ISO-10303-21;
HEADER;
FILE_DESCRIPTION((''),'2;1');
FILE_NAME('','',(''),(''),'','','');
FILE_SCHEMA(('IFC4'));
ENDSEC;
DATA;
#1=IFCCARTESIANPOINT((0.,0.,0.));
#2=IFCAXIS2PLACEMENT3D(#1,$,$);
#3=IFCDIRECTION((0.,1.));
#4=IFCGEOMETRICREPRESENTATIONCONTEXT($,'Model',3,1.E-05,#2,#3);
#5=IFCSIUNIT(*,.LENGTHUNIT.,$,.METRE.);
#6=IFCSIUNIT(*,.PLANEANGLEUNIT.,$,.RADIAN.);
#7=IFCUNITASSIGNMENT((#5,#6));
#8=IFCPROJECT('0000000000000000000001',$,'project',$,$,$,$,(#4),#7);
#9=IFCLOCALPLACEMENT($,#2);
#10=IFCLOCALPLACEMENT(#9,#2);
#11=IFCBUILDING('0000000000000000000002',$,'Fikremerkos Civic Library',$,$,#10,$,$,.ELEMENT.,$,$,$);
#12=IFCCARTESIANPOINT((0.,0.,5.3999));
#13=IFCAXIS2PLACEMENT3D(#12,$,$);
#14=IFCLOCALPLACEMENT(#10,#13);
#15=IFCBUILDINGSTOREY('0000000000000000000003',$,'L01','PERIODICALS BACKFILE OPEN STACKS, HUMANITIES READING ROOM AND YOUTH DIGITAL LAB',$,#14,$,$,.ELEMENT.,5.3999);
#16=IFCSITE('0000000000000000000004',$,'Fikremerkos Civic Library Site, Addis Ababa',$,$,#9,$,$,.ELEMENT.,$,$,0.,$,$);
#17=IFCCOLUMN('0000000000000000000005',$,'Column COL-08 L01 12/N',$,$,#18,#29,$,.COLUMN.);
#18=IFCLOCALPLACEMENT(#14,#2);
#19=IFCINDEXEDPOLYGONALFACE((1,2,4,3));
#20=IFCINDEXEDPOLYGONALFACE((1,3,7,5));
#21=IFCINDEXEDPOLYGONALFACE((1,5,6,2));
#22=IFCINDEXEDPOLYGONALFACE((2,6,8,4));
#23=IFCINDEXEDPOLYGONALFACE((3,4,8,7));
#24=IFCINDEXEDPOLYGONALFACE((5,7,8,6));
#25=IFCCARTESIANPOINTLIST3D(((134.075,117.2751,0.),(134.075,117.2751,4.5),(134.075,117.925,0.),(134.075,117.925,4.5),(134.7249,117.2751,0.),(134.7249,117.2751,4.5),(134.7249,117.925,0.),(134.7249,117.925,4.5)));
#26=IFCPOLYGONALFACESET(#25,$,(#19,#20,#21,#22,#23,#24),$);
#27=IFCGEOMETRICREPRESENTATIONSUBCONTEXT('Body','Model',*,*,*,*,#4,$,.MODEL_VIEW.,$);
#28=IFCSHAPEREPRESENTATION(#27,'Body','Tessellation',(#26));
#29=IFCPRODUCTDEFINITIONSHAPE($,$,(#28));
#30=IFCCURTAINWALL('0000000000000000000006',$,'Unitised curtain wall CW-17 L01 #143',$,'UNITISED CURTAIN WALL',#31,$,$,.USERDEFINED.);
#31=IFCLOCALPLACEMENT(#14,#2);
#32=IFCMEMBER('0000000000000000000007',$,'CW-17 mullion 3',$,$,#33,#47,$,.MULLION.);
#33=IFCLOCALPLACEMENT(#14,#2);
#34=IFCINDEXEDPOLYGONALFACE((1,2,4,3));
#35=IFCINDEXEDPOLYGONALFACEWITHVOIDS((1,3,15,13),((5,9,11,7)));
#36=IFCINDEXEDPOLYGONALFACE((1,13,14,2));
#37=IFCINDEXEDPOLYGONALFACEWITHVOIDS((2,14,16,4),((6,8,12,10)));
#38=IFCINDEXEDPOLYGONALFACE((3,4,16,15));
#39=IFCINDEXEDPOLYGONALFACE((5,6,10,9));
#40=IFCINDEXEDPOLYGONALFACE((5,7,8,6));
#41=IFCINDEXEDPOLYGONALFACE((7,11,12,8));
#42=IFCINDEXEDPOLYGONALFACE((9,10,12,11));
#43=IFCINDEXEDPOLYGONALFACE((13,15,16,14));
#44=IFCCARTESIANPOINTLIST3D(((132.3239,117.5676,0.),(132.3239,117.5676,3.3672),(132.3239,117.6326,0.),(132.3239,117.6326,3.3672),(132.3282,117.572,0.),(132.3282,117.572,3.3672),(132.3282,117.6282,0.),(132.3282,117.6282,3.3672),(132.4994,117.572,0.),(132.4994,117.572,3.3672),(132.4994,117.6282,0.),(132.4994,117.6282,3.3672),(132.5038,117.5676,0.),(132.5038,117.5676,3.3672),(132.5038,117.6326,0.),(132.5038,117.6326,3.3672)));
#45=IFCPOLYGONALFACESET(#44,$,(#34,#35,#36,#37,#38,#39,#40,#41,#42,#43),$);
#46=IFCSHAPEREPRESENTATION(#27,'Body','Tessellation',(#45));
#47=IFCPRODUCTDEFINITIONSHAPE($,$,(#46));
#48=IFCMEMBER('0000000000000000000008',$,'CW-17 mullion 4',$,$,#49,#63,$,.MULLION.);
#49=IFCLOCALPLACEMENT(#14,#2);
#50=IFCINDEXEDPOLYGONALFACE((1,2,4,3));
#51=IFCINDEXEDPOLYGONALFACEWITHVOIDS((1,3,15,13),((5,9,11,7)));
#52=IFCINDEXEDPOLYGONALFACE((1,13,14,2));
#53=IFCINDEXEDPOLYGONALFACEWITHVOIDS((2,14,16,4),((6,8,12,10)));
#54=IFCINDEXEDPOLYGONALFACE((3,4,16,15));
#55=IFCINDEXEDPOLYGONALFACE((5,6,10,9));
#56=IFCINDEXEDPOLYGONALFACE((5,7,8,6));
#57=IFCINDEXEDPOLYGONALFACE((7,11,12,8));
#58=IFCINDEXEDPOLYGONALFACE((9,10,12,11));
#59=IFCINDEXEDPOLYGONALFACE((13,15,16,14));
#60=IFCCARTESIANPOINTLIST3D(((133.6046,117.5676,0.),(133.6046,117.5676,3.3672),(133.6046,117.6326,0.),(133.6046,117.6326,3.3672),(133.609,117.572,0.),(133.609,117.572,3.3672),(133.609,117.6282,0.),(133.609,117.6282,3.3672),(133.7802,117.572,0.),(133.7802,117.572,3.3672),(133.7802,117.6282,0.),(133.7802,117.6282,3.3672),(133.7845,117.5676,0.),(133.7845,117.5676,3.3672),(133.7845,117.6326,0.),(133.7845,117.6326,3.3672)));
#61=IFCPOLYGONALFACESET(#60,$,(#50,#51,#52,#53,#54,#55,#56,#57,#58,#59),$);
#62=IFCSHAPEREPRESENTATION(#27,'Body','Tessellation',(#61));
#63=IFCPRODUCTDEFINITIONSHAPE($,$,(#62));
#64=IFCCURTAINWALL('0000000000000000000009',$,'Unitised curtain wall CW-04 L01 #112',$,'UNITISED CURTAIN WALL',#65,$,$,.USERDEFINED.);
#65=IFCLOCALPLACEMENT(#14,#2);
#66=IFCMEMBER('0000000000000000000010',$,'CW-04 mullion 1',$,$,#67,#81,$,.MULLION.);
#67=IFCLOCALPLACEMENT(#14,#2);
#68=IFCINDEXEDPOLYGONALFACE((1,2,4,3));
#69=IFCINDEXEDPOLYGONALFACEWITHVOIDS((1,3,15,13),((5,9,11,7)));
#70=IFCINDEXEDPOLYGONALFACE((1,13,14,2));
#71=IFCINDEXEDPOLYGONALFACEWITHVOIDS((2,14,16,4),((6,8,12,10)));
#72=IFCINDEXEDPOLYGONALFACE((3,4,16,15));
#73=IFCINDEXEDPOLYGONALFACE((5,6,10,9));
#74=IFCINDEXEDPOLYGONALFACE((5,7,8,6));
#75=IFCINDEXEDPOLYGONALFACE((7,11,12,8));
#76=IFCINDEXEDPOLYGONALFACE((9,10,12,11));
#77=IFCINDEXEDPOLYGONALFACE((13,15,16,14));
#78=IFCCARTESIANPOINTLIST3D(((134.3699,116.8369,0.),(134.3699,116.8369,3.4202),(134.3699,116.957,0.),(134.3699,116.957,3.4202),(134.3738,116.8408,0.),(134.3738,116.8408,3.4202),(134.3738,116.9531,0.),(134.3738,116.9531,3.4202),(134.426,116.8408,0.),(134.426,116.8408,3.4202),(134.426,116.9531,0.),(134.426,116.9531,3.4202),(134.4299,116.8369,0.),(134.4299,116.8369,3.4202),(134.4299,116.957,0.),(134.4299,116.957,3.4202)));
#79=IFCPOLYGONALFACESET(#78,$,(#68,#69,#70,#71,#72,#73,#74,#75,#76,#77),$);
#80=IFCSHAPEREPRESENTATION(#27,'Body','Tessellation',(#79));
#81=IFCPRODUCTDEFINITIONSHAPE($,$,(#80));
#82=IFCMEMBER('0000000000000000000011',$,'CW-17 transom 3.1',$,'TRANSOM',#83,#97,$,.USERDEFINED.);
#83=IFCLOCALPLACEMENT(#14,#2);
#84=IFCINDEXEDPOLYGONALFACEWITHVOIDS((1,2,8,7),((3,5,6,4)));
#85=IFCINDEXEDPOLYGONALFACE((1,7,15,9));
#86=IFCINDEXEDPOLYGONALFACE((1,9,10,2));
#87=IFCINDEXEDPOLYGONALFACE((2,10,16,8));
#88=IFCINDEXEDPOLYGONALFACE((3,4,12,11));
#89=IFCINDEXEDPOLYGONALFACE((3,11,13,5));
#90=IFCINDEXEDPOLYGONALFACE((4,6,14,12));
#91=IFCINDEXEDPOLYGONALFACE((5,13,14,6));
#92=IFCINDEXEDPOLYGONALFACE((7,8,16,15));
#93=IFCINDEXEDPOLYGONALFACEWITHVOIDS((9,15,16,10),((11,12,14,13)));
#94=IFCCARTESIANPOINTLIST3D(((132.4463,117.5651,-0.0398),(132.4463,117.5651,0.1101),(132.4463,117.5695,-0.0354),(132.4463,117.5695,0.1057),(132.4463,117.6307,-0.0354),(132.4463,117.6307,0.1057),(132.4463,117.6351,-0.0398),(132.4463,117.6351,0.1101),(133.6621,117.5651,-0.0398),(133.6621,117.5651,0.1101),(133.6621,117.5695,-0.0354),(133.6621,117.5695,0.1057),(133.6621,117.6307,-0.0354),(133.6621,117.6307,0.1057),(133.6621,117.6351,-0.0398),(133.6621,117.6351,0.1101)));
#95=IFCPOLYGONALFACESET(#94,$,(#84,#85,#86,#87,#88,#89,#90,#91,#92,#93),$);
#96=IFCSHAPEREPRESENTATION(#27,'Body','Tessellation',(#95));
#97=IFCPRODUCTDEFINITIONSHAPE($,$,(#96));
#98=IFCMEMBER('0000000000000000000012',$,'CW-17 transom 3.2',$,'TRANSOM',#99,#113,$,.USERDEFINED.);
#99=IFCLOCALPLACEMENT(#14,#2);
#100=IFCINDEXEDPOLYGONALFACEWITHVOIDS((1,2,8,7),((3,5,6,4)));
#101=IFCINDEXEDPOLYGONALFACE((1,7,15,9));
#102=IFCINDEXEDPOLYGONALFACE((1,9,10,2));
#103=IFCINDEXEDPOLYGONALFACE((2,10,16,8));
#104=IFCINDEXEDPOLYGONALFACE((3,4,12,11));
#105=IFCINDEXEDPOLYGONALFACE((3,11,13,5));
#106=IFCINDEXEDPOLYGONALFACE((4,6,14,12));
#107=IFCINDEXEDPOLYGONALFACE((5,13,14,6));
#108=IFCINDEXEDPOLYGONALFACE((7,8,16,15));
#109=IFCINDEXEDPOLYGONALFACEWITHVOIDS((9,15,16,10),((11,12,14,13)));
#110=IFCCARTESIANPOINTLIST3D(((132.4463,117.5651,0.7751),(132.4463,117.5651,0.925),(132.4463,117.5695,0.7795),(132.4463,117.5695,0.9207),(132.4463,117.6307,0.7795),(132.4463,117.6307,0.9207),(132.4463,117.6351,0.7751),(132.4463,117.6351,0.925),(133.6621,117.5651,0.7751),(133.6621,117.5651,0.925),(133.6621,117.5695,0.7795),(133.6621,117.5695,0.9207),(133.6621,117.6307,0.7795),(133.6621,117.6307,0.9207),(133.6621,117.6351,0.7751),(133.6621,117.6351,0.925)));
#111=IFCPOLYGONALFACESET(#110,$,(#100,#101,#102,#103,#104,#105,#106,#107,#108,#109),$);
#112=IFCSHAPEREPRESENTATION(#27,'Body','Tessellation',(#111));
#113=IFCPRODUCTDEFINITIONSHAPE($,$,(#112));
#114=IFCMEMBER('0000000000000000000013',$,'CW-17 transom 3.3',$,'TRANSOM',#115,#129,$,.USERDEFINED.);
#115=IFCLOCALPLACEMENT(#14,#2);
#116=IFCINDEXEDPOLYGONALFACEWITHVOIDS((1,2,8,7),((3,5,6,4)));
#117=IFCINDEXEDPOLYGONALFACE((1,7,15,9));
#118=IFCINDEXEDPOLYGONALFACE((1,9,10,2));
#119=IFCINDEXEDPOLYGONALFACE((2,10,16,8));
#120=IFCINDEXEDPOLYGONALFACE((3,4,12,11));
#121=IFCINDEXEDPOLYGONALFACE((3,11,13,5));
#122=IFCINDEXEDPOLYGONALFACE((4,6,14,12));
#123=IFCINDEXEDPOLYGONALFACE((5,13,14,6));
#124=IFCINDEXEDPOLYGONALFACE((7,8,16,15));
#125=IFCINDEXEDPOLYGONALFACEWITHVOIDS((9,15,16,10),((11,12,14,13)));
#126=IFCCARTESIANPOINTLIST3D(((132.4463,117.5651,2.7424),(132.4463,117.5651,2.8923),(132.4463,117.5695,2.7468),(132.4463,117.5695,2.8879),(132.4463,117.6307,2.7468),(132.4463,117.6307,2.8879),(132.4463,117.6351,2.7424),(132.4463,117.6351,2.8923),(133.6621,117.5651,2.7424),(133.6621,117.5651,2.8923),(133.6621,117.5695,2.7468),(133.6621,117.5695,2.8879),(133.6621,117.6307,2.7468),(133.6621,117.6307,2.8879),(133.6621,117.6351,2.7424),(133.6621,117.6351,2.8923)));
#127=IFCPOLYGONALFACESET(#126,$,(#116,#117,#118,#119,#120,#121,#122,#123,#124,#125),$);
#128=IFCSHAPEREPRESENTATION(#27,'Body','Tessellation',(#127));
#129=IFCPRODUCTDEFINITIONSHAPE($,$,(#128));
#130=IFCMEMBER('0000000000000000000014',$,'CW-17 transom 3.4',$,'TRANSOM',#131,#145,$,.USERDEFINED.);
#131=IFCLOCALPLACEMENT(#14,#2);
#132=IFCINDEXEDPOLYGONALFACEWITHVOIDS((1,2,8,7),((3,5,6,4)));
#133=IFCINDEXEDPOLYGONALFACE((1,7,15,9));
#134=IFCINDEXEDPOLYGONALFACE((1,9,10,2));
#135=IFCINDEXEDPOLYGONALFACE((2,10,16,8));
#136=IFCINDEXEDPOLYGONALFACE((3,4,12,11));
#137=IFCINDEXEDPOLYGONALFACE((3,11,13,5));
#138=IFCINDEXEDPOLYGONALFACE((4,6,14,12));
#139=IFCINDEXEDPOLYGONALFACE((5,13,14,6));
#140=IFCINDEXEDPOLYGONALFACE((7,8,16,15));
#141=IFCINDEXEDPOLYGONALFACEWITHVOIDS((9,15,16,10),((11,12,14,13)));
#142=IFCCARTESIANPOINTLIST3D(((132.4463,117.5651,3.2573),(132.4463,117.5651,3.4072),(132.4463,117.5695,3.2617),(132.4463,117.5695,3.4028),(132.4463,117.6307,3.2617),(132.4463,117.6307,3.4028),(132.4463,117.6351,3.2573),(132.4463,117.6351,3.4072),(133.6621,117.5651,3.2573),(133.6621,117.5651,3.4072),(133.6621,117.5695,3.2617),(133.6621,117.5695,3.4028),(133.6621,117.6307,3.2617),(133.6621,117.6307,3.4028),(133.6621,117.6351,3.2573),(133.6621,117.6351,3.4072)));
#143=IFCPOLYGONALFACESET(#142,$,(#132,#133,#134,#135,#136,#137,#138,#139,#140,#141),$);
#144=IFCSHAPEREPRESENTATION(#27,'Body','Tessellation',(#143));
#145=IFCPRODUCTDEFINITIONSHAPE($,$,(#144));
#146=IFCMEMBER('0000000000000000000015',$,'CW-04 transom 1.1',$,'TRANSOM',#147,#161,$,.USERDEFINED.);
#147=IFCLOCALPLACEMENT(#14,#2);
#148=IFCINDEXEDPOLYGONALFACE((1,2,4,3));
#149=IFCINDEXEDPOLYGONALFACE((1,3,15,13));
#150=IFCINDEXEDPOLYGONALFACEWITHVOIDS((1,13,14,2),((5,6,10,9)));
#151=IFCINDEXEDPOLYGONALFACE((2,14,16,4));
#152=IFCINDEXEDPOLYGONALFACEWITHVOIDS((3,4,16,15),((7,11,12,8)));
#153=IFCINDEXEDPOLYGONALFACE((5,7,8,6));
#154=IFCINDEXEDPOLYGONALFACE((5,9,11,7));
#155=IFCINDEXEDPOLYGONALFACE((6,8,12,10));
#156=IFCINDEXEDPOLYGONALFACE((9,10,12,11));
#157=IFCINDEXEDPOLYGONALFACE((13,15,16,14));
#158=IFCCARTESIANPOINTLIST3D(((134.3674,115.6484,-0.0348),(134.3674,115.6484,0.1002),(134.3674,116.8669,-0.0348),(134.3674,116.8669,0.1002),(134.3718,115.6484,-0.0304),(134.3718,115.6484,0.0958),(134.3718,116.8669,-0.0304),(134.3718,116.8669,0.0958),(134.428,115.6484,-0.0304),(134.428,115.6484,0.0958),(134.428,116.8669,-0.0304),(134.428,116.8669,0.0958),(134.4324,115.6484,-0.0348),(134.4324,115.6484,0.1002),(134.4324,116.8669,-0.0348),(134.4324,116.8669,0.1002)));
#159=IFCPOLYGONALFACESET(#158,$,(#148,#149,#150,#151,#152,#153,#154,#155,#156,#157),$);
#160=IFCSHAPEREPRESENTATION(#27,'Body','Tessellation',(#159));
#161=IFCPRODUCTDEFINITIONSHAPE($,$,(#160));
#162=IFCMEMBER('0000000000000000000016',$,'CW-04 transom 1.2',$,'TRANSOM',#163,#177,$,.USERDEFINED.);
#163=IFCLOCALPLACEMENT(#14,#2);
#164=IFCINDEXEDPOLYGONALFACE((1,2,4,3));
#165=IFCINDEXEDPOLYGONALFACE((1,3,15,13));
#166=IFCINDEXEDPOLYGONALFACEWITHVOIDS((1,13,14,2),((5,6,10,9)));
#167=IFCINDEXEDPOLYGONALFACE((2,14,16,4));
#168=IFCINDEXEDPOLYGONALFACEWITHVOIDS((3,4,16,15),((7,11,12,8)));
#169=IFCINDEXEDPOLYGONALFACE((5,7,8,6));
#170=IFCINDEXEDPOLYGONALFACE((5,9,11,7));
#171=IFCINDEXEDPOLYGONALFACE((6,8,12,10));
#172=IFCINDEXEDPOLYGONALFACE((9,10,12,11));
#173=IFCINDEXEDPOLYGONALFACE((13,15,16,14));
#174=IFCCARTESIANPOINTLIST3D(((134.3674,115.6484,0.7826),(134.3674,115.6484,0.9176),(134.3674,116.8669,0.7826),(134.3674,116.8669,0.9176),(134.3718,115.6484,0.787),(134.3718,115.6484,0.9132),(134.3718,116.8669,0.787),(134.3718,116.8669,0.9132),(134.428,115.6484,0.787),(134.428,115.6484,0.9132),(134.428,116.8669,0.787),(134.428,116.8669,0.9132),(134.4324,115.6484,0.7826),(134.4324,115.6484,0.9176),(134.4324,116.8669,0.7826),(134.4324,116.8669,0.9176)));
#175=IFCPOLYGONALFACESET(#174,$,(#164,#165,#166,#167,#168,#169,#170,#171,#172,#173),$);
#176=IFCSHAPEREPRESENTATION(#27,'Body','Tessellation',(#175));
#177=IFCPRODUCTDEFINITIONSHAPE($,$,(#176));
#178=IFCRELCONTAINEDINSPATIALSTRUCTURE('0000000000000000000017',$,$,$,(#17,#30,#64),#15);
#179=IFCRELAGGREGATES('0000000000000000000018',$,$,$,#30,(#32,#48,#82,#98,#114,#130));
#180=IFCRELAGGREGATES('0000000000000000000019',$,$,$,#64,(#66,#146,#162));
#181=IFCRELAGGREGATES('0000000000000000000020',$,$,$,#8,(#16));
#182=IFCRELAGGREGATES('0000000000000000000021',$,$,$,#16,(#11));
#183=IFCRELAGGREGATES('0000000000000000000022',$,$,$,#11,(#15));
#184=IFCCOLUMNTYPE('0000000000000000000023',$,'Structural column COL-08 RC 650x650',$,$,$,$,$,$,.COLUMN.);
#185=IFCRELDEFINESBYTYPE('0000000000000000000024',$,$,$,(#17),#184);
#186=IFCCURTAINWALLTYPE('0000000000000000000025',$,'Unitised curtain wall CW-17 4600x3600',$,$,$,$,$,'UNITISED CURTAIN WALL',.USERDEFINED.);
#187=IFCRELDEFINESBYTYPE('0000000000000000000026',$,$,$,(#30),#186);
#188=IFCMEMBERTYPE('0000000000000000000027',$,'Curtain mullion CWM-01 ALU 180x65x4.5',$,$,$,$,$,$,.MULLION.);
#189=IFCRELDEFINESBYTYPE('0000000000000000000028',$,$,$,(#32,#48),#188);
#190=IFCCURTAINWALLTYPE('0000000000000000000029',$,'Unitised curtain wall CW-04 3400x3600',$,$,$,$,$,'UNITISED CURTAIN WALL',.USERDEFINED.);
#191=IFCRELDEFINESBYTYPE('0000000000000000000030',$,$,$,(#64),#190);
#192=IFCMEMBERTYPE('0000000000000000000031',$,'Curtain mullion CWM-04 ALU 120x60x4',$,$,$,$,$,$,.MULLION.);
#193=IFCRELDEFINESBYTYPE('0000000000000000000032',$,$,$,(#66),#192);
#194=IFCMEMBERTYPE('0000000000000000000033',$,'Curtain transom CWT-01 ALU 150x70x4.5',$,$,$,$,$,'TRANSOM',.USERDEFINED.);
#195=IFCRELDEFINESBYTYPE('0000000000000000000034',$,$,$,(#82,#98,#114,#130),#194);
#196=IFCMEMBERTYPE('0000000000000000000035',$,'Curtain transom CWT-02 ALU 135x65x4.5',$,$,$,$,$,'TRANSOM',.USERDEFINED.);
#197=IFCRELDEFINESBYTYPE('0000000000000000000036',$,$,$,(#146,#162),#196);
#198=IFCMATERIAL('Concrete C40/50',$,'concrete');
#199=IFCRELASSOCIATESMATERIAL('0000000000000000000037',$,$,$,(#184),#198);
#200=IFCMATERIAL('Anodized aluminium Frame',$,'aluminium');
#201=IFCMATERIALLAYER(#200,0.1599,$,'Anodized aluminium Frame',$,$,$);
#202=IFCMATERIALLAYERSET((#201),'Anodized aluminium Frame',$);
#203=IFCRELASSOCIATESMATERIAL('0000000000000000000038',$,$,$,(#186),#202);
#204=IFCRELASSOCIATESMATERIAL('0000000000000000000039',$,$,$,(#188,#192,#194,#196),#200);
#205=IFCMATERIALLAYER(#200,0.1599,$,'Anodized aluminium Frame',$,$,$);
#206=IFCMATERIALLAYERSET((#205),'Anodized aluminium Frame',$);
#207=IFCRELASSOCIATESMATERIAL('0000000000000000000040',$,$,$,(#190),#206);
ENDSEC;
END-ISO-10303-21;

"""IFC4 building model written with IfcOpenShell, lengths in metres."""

from ifc_helpers import new_model, si_unit, direction, frame, origin, origin_2d, place, context, subcontext, project, spatial, rectangle, hollow_rectangle, extrude, material, layer, layer_set, material_profile, profile_set, type_object, element, aggregate, save


model = new_model("IFC4")

# Units and contexts
model_context = context("Model", 3, precision=1e-05, world=origin(), true_north=direction((0.0, 1.0)))
body_context = subcontext(model_context, "Body", "Model", "MODEL_VIEW")
ifc_project = project(units=[si_unit("LENGTHUNIT", "METRE"), si_unit("PLANEANGLEUNIT", "RADIAN")], contexts=[model_context])

# Site, building, storey
site_placement = place(None, origin())
site = spatial("IfcSite", under=ifc_project, at=site_placement, Name="Fikremerkos Civic Library Site, Addis Ababa", CompositionType="ELEMENT", RefElevation=0.0)
building_placement = place(site_placement, origin())
building = spatial("IfcBuilding", under=site, at=building_placement, Name="Fikremerkos Civic Library", CompositionType="ELEMENT")
storey_placement = place(building_placement, frame((0.0, 0.0, 5.3999)))
storey = spatial("IfcBuildingStorey", under=building, at=storey_placement, Name="L01", Description="PERIODICALS BACKFILE OPEN STACKS, HUMANITIES READING ROOM AND YOUTH DIGITAL LAB", CompositionType="ELEMENT", Elevation=5.3999)

# Column
ifc_material_1 = material(Name="Concrete C40/50", Category="concrete")
ifc_material_profile_1 = material_profile(ifc_material_1, rectangle(XDim=0.6499, YDim=0.6499, at=origin_2d()), Name="RC 650x650")
ifc_profile_set_1 = profile_set([ifc_material_profile_1], Name="Concrete C40/50")
column_type = type_object("IfcColumnType", Name="Structural column COL-08 RC 650x650", PredefinedType="COLUMN", material=ifc_profile_set_1)
column_placement = place(storey_placement, frame((134.3999, 117.6001, 0.0), z_axis=(0.0, 0.0, 1.0), x_axis=(1.0, 0.0, 0.0)))
element("IfcColumn", 1, at=column_placement, inside=storey, type_object=column_type, Name="Column COL-08 L01 12/N", PredefinedType="COLUMN", context=body_context, shape_type="SweptSolid", body=[
    extrude(rectangle(XDim=0.6499, YDim=0.6499, at=origin_2d()), origin(), (0.0, 0.0, 1.0), 4.5),
])

# Curtain wall, members
ifc_material_2 = material(Name="Anodized aluminium Frame", Category="aluminium")
ifc_layer_1 = layer(ifc_material_2, 0.1599, Name="Anodized aluminium Frame")
ifc_layer_set_1 = layer_set([ifc_layer_1], Name="Anodized aluminium Frame")
curtain_wall_type_1 = type_object("IfcCurtainWallType", Name="Unitised curtain wall CW-17 4600x3600", ElementType="UNITISED CURTAIN WALL", PredefinedType="USERDEFINED", material=ifc_layer_set_1)
curtain_wall_1_placement = place(storey_placement, origin())
curtain_wall_1 = element("IfcCurtainWall", 2, at=curtain_wall_1_placement, inside=storey, type_object=curtain_wall_type_1, Name="Unitised curtain wall CW-17 L01 #143", ObjectType="UNITISED CURTAIN WALL", PredefinedType="USERDEFINED")
ifc_material_profile_2 = material_profile(ifc_material_2, hollow_rectangle(XDim=0.0649, YDim=0.1799, WallThickness=0.0044, at=origin_2d()), Name="ALU 180x65x4.5")
ifc_profile_set_2 = profile_set([ifc_material_profile_2], Name="Anodized aluminium Frame")
member_type_1 = type_object("IfcMemberType", Name="Curtain mullion CWM-01 ALU 180x65x4.5", PredefinedType="MULLION", material=ifc_profile_set_2)
member_1_placement = place(storey_placement, frame((132.4138, 117.6001, 0.0), z_axis=(0.0, 0.0, 1.0), x_axis=(0.0, 1.0, 0.0)))
member_1 = element("IfcMember", 3, at=member_1_placement, type_object=member_type_1, Name="CW-17 mullion 3", PredefinedType="MULLION", context=body_context, shape_type="SweptSolid", body=[
    extrude(hollow_rectangle(XDim=0.0649, YDim=0.1799, WallThickness=0.0044, at=origin_2d()), origin(), (0.0, 0.0, 1.0), 3.3672),
])
member_2_placement = place(storey_placement, frame((133.6946, 117.6001, 0.0), z_axis=(0.0, 0.0, 1.0), x_axis=(0.0, 1.0, 0.0)))
member_2 = element("IfcMember", 4, at=member_2_placement, type_object=member_type_1, Name="CW-17 mullion 4", PredefinedType="MULLION", context=body_context, shape_type="SweptSolid", body=[
    extrude(hollow_rectangle(XDim=0.0649, YDim=0.1799, WallThickness=0.0044, at=origin_2d()), origin(), (0.0, 0.0, 1.0), 3.3672),
])

# Curtain wall, member
ifc_layer_2 = layer(ifc_material_2, 0.1599, Name="Anodized aluminium Frame")
ifc_layer_set_2 = layer_set([ifc_layer_2], Name="Anodized aluminium Frame")
curtain_wall_type_2 = type_object("IfcCurtainWallType", Name="Unitised curtain wall CW-04 3400x3600", ElementType="UNITISED CURTAIN WALL", PredefinedType="USERDEFINED", material=ifc_layer_set_2)
curtain_wall_2_placement = place(storey_placement, origin())
curtain_wall_2 = element("IfcCurtainWall", 5, at=curtain_wall_2_placement, inside=storey, type_object=curtain_wall_type_2, Name="Unitised curtain wall CW-04 L01 #112", ObjectType="UNITISED CURTAIN WALL", PredefinedType="USERDEFINED")
ifc_material_profile_3 = material_profile(ifc_material_2, hollow_rectangle(XDim=0.0601, YDim=0.1201, WallThickness=0.0039, at=origin_2d()), Name="ALU 120x60x4")
ifc_profile_set_3 = profile_set([ifc_material_profile_3], Name="Anodized aluminium Frame")
member_type_2 = type_object("IfcMemberType", Name="Curtain mullion CWM-04 ALU 120x60x4", PredefinedType="MULLION", material=ifc_profile_set_3)
member_3_placement = place(storey_placement, frame((134.3999, 116.897, 0.0), z_axis=(0.0, 0.0, 1.0), x_axis=(1.0, 0.0, 0.0)))
member_3 = element("IfcMember", 6, at=member_3_placement, type_object=member_type_2, Name="CW-04 mullion 1", PredefinedType="MULLION", context=body_context, shape_type="SweptSolid", body=[
    extrude(hollow_rectangle(XDim=0.0601, YDim=0.1201, WallThickness=0.0039, at=origin_2d()), origin(), (0.0, 0.0, 1.0), 3.4202),
])

# Members
ifc_material_profile_4 = material_profile(ifc_material_2, hollow_rectangle(XDim=0.0701, YDim=0.1499, WallThickness=0.0044, at=origin_2d()), Name="ALU 150x70x4.5")
ifc_profile_set_4 = profile_set([ifc_material_profile_4], Name="Anodized aluminium Frame")
member_type_3 = type_object("IfcMemberType", Name="Curtain transom CWT-01 ALU 150x70x4.5", ElementType="TRANSOM", PredefinedType="USERDEFINED", material=ifc_profile_set_4)
member_4_placement = place(storey_placement, frame((132.4463, 117.6001, 0.0352), z_axis=(1.0, 0.0, 0.0), x_axis=(0.0, 1.0, 0.0)))
member_4 = element("IfcMember", 7, at=member_4_placement, type_object=member_type_3, Name="CW-17 transom 3.1", ObjectType="TRANSOM", PredefinedType="USERDEFINED", context=body_context, shape_type="SweptSolid", body=[
    extrude(hollow_rectangle(XDim=0.0701, YDim=0.1499, WallThickness=0.0044, at=origin_2d()), origin(), (0.0, 0.0, 1.0), 1.2158),
])
member_5_placement = place(storey_placement, frame((132.4463, 117.6001, 0.8501), z_axis=(1.0, 0.0, 0.0), x_axis=(0.0, 1.0, 0.0)))
member_5 = element("IfcMember", 8, at=member_5_placement, type_object=member_type_3, Name="CW-17 transom 3.2", ObjectType="TRANSOM", PredefinedType="USERDEFINED", context=body_context, shape_type="SweptSolid", body=[
    extrude(hollow_rectangle(XDim=0.0701, YDim=0.1499, WallThickness=0.0044, at=origin_2d()), origin(), (0.0, 0.0, 1.0), 1.2158),
])
member_6_placement = place(storey_placement, frame((132.4463, 117.6001, 2.8174), z_axis=(1.0, 0.0, 0.0), x_axis=(0.0, 1.0, 0.0)))
member_6 = element("IfcMember", 9, at=member_6_placement, type_object=member_type_3, Name="CW-17 transom 3.3", ObjectType="TRANSOM", PredefinedType="USERDEFINED", context=body_context, shape_type="SweptSolid", body=[
    extrude(hollow_rectangle(XDim=0.0701, YDim=0.1499, WallThickness=0.0044, at=origin_2d()), origin(), (0.0, 0.0, 1.0), 1.2158),
])
member_7_placement = place(storey_placement, frame((132.4463, 117.6001, 3.3323), z_axis=(1.0, 0.0, 0.0), x_axis=(0.0, 1.0, 0.0)))
member_7 = element("IfcMember", 10, at=member_7_placement, type_object=member_type_3, Name="CW-17 transom 3.4", ObjectType="TRANSOM", PredefinedType="USERDEFINED", context=body_context, shape_type="SweptSolid", body=[
    extrude(hollow_rectangle(XDim=0.0701, YDim=0.1499, WallThickness=0.0044, at=origin_2d()), origin(), (0.0, 0.0, 1.0), 1.2158),
])
ifc_material_profile_5 = material_profile(ifc_material_2, hollow_rectangle(XDim=0.0649, YDim=0.135, WallThickness=0.0044, at=origin_2d()), Name="ALU 135x65x4.5")
ifc_profile_set_5 = profile_set([ifc_material_profile_5], Name="Anodized aluminium Frame")
member_type_4 = type_object("IfcMemberType", Name="Curtain transom CWT-02 ALU 135x65x4.5", ElementType="TRANSOM", PredefinedType="USERDEFINED", material=ifc_profile_set_5)
member_8_placement = place(storey_placement, frame((134.3999, 116.8669, 0.0327), z_axis=(0.0, -1.0, 0.0), x_axis=(1.0, 0.0, 0.0)))
member_8 = element("IfcMember", 11, at=member_8_placement, type_object=member_type_4, Name="CW-04 transom 1.1", ObjectType="TRANSOM", PredefinedType="USERDEFINED", context=body_context, shape_type="SweptSolid", body=[
    extrude(hollow_rectangle(XDim=0.0649, YDim=0.135, WallThickness=0.0044, at=origin_2d()), origin(), (0.0, 0.0, 1.0), 1.2185),
])
member_9_placement = place(storey_placement, frame((134.3999, 116.8669, 0.8501), z_axis=(0.0, -1.0, 0.0), x_axis=(1.0, 0.0, 0.0)))
member_9 = element("IfcMember", 12, at=member_9_placement, type_object=member_type_4, Name="CW-04 transom 1.2", ObjectType="TRANSOM", PredefinedType="USERDEFINED", context=body_context, shape_type="SweptSolid", body=[
    extrude(hollow_rectangle(XDim=0.0649, YDim=0.135, WallThickness=0.0044, at=origin_2d()), origin(), (0.0, 0.0, 1.0), 1.2185),
])

aggregate(curtain_wall_1, [member_1, member_2, member_4, member_5, member_6, member_7])
aggregate(curtain_wall_2, [member_3, member_8, member_9])

save(model, "model.ifc")
